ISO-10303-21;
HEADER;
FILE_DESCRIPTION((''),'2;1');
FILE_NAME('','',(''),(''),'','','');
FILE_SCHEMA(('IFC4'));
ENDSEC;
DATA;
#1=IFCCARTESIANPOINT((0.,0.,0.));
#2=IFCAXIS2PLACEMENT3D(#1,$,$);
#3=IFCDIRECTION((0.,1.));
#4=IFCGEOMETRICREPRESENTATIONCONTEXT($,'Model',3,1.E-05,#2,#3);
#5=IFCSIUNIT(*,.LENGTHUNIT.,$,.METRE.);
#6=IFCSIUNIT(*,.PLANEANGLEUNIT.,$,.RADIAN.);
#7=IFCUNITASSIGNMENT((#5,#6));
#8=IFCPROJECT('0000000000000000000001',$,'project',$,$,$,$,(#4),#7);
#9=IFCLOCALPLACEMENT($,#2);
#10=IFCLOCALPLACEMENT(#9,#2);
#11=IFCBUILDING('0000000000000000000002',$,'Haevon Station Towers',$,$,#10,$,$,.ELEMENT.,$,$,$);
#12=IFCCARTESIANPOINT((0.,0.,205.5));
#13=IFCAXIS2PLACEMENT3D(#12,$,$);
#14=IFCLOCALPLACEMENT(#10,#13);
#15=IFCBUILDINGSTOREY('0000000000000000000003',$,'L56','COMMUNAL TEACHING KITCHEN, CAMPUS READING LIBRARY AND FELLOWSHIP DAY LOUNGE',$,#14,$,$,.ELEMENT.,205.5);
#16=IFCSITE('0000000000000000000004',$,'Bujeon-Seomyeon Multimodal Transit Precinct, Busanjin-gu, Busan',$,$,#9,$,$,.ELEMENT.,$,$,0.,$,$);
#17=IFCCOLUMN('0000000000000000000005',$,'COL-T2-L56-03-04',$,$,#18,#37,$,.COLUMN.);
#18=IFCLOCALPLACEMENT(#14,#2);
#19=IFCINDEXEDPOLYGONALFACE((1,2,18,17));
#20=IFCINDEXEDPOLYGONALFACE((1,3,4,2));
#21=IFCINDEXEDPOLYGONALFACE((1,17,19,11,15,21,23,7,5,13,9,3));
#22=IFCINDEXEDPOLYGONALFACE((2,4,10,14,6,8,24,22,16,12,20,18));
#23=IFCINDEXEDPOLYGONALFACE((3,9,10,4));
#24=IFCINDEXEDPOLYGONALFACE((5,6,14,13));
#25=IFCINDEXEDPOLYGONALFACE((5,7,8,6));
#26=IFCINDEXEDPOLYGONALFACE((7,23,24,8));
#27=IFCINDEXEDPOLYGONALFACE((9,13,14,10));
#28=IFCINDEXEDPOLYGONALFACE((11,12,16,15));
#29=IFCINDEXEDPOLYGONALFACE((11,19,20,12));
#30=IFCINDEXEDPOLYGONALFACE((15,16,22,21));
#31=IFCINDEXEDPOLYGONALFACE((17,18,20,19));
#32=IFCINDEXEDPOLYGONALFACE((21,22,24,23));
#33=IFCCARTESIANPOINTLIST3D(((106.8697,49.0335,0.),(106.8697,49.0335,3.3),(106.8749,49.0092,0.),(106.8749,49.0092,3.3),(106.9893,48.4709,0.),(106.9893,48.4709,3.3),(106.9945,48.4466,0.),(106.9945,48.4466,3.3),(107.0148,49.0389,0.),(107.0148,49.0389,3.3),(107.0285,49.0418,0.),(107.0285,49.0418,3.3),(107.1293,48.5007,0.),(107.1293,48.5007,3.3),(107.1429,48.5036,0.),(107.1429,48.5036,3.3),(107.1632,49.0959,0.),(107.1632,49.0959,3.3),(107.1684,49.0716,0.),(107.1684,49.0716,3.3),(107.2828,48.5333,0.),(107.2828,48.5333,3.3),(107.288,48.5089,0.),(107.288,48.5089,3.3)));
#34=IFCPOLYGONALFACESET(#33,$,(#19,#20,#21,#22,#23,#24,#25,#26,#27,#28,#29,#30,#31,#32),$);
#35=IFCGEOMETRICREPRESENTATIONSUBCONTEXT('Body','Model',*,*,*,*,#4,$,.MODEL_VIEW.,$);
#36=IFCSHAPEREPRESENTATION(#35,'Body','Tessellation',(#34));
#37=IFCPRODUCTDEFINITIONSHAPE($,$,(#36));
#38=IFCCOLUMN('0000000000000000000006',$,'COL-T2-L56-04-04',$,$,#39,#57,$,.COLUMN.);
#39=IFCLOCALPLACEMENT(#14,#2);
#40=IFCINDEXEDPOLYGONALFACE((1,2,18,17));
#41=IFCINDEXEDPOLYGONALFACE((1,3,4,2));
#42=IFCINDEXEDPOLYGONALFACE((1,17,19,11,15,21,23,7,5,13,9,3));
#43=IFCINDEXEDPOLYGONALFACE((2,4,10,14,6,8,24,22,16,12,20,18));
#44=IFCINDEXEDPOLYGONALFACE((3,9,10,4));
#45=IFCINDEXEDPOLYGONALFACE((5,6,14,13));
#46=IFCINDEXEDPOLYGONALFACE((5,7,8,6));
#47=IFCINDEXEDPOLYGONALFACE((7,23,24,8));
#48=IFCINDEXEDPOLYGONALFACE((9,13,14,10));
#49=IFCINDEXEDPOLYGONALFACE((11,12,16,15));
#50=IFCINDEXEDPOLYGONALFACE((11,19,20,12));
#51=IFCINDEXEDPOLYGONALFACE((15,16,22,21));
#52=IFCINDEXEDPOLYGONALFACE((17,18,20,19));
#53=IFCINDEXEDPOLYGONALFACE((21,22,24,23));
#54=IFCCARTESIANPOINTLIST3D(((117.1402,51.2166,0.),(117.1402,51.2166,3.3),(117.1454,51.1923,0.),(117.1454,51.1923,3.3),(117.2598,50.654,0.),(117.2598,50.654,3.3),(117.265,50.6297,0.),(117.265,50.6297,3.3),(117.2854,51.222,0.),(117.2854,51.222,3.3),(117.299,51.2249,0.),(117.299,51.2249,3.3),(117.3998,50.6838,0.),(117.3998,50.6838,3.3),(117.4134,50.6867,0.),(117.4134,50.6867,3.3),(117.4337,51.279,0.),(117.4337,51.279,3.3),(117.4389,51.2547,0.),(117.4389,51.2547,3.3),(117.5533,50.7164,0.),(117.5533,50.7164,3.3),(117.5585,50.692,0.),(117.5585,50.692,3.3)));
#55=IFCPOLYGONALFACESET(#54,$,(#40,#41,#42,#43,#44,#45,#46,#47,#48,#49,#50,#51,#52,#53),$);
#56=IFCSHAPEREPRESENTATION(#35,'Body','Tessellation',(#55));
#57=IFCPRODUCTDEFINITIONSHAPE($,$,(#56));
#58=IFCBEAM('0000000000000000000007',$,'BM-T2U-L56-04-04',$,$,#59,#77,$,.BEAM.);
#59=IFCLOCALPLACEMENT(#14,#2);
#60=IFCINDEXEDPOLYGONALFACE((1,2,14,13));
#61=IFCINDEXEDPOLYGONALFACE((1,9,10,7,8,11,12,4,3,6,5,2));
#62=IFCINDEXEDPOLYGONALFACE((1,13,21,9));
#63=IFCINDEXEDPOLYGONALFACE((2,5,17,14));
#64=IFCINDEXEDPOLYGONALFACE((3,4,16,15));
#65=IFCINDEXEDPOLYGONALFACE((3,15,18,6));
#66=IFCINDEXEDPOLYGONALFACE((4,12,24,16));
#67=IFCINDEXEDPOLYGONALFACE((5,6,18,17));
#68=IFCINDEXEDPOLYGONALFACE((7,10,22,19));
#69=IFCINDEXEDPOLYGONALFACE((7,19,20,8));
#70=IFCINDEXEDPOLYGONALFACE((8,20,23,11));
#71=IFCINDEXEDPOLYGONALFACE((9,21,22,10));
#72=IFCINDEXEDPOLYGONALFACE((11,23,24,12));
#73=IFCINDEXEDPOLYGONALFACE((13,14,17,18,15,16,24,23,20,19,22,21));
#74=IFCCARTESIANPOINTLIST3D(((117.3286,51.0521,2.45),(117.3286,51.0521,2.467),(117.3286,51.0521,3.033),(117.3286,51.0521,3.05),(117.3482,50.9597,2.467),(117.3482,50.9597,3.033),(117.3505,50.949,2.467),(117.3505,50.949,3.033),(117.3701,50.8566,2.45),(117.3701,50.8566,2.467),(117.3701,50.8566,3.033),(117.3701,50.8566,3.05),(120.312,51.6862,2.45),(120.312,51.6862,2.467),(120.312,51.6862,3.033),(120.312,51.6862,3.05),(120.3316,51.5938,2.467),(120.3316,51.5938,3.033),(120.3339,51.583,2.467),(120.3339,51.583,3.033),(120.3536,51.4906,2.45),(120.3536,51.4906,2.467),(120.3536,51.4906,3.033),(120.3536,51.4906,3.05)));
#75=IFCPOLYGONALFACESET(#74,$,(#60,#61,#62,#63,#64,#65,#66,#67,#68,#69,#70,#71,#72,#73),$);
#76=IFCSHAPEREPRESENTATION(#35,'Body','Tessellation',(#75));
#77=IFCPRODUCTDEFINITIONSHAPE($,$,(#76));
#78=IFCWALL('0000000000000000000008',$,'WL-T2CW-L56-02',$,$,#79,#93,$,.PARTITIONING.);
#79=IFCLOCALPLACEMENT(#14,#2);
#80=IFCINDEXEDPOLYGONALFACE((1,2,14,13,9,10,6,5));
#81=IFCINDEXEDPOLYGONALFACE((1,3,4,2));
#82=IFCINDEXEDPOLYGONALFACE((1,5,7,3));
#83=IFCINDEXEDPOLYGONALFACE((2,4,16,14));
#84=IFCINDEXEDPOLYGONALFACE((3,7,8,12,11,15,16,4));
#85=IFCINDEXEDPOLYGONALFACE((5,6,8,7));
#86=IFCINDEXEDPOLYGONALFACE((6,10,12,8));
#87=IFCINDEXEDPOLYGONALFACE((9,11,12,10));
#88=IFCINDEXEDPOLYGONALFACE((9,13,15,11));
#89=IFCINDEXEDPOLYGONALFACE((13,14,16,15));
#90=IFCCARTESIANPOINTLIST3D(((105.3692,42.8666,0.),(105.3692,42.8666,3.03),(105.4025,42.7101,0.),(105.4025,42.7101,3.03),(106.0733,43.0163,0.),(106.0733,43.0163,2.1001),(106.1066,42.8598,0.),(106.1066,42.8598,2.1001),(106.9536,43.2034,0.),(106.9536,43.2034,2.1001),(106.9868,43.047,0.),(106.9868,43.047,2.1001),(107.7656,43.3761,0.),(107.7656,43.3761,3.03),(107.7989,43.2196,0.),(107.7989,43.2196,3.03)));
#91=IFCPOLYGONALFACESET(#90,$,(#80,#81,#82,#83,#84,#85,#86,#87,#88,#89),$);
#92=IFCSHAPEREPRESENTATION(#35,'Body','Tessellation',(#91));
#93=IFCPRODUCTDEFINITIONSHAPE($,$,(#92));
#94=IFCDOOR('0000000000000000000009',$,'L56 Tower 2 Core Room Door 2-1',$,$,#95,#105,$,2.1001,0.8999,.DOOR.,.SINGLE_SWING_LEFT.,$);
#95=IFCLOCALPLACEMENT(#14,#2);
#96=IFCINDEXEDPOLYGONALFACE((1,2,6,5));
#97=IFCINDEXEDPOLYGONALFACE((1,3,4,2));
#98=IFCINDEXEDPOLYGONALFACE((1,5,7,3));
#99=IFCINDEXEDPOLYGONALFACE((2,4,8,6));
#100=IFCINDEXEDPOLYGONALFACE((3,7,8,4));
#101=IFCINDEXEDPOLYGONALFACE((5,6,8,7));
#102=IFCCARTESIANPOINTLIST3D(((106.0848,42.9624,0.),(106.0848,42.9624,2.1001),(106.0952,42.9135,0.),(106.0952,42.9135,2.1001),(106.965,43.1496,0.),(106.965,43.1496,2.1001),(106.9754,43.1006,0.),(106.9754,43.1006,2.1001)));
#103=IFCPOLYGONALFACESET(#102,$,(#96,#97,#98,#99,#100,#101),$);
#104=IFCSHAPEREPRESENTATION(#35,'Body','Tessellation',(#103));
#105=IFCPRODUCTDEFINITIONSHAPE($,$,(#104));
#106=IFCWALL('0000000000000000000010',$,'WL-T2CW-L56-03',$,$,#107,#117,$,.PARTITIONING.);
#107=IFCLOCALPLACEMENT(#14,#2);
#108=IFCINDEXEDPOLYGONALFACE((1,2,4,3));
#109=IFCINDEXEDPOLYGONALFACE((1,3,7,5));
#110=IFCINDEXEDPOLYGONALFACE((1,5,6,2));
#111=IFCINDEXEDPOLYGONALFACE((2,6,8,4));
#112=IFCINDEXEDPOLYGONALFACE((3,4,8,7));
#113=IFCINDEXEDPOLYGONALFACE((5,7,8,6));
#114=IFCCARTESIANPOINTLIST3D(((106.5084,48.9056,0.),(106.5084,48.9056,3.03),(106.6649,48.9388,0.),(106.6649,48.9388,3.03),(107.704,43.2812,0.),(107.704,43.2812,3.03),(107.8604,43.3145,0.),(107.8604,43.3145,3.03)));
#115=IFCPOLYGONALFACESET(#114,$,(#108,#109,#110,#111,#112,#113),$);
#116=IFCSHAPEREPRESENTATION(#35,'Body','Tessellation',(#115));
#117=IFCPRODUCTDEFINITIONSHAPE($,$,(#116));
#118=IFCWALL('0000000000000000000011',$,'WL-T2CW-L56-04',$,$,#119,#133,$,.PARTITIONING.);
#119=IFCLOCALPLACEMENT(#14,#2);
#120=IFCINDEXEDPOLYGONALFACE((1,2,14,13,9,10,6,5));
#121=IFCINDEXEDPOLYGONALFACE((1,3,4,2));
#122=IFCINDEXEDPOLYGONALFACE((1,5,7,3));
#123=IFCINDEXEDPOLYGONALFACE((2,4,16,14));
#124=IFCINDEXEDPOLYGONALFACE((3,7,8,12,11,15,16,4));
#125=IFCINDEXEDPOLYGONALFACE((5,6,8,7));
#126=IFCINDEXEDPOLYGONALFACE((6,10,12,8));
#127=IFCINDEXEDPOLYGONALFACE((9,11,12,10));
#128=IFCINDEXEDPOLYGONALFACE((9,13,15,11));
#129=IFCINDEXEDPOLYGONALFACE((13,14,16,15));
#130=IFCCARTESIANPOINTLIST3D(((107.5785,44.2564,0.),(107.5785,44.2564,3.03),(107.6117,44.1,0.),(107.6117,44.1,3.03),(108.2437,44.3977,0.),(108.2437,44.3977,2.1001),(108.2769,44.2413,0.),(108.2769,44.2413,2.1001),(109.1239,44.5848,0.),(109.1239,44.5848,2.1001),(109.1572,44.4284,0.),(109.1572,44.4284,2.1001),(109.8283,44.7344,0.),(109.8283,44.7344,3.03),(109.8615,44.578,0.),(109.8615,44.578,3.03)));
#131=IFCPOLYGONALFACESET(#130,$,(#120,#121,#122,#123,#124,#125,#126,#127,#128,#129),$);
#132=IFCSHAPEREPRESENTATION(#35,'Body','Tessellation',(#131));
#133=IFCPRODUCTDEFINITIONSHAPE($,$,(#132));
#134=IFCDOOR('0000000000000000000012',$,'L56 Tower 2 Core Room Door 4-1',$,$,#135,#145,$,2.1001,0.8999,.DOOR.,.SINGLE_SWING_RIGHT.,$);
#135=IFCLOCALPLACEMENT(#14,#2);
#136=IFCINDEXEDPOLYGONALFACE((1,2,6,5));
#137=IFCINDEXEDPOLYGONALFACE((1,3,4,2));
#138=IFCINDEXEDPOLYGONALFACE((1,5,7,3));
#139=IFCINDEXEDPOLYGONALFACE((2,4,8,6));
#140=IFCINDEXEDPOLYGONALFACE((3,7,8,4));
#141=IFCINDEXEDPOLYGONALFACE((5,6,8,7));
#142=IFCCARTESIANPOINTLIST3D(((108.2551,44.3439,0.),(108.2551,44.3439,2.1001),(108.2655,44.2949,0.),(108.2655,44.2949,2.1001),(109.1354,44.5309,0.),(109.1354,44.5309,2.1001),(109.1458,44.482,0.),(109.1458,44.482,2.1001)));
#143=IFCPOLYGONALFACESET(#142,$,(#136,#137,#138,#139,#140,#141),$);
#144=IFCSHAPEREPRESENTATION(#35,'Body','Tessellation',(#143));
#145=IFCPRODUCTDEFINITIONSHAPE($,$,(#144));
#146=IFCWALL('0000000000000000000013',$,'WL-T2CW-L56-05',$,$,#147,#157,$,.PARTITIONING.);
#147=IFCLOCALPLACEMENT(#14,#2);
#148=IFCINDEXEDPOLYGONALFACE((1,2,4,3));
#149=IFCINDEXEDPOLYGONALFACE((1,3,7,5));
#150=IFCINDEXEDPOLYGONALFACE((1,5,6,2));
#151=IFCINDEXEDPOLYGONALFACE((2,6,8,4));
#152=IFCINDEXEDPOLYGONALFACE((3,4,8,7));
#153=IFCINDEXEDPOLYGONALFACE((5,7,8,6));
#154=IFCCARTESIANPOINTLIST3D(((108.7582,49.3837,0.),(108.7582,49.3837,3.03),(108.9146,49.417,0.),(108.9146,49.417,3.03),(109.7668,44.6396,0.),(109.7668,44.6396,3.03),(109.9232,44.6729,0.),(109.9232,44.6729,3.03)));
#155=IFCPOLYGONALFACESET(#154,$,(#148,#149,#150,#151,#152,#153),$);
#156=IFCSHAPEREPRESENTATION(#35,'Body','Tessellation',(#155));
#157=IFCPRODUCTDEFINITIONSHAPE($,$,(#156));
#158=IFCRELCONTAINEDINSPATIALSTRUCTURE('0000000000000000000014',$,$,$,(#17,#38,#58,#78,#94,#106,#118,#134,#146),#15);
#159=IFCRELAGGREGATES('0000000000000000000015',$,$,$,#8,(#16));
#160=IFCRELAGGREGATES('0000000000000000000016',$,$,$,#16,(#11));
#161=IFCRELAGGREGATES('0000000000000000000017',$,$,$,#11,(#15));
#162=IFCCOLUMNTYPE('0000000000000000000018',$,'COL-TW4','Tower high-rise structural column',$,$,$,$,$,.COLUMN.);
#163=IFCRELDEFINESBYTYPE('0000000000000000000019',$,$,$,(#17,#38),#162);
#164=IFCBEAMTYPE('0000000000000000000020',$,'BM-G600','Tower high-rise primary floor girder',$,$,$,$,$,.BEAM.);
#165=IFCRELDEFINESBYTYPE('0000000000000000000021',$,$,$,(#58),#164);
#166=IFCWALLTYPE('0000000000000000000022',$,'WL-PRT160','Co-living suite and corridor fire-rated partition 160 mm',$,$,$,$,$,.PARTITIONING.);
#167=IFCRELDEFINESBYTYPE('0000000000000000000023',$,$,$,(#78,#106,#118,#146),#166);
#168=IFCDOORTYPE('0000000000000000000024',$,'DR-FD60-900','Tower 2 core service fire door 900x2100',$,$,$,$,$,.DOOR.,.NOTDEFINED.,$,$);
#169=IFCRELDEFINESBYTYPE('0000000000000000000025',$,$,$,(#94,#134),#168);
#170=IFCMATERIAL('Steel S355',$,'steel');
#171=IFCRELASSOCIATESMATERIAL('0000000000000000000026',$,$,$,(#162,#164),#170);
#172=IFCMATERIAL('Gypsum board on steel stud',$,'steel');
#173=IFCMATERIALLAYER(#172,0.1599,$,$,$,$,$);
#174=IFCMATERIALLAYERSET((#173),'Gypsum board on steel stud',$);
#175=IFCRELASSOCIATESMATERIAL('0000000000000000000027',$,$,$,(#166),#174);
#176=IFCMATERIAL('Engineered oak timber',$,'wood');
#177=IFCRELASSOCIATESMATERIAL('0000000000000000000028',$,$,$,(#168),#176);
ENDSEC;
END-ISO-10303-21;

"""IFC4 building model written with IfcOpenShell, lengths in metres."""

from ifc_helpers import new_model, si_unit, direction, frame, frame_2d, origin, origin_2d, place, context, subcontext, project, spatial, rectangle, i_section, extrude, material, layer, layer_set, material_profile, profile_set, type_object, element, fill, save


model = new_model("IFC4")

# Units and contexts
model_context = context("Model", 3, precision=1e-05, world=origin(), true_north=direction((0.0, 1.0)))
body_context = subcontext(model_context, "Body", "Model", "MODEL_VIEW")
ifc_project = project(units=[si_unit("LENGTHUNIT", "METRE"), si_unit("PLANEANGLEUNIT", "RADIAN")], contexts=[model_context])

# Site, building, storey
site_placement = place(None, origin())
site = spatial("IfcSite", under=ifc_project, at=site_placement, Name="Bujeon-Seomyeon Multimodal Transit Precinct, Busanjin-gu, Busan", CompositionType="ELEMENT", RefElevation=0.0)
building_placement = place(site_placement, origin())
building = spatial("IfcBuilding", under=site, at=building_placement, Name="Haevon Station Towers", CompositionType="ELEMENT")
storey_placement = place(building_placement, frame((0.0, 0.0, 205.5)))
storey = spatial("IfcBuildingStorey", under=building, at=storey_placement, Name="L56", Description="COMMUNAL TEACHING KITCHEN, CAMPUS READING LIBRARY AND FELLOWSHIP DAY LOUNGE", CompositionType="ELEMENT", Elevation=205.5)

# Columns
ifc_material_1 = material(Name="Steel S355", Category="steel")
ifc_material_profile_1 = material_profile(ifc_material_1, i_section(OverallWidth=0.3, OverallDepth=0.6001, WebThickness=0.0139, FlangeThickness=0.0249, at=origin_2d()), Name="H-600x300x14x25")
ifc_profile_set_1 = profile_set([ifc_material_profile_1], Name="Steel S355")
column_type = type_object("IfcColumnType", Name="COL-TW4", Description="Tower high-rise structural column", PredefinedType="COLUMN", material=ifc_profile_set_1)
for number, where, z_axis, x_axis, name in (
    (1, (107.0789, 48.7712, 0.0), (0.0, 0.0, 1.0), (0.978148, 0.207912, 0.0), "COL-T2-L56-03-04"),
    (2, (117.3494, 50.9543, 0.0), (0.0, 0.0, 1.0), (0.978148, 0.207912, 0.0), "COL-T2-L56-04-04"),
):
    element("IfcColumn", number, at=place(storey_placement, frame(where, z_axis=z_axis, x_axis=x_axis)), inside=storey, type_object=column_type, Name=name, PredefinedType="COLUMN", context=body_context, shape_type="SweptSolid", body=[
        extrude(i_section(OverallWidth=0.3, OverallDepth=0.6001, WebThickness=0.0139, FlangeThickness=0.0249, at=origin_2d()), origin(), (0.0, 0.0, 1.0), 3.3),
    ])

# Beam
ifc_material_profile_2 = material_profile(ifc_material_1, i_section(OverallWidth=0.2, OverallDepth=0.6001, WebThickness=0.011, FlangeThickness=0.0171, at=origin_2d()), Name="H-600x200x11x17")
ifc_profile_set_2 = profile_set([ifc_material_profile_2], Name="Steel S355")
beam_type = type_object("IfcBeamType", Name="BM-G600", Description="Tower high-rise primary floor girder", PredefinedType="BEAM", material=ifc_profile_set_2)
beam_placement = place(storey_placement, frame((117.3494, 50.9543, 2.75), z_axis=(0.978155, 0.207878, 0.0), x_axis=(-0.207878, 0.978155, 0.0)))
element("IfcBeam", 3, at=beam_placement, inside=storey, type_object=beam_type, Name="BM-T2U-L56-04-04", PredefinedType="BEAM", context=body_context, shape_type="SweptSolid", body=[
    extrude(i_section(OverallWidth=0.2, OverallDepth=0.6001, WebThickness=0.011, FlangeThickness=0.0171, at=origin_2d()), origin(), (0.0, 0.0, 1.0), 3.05),
])

# Wall, opening, door
ifc_material_2 = material(Name="Gypsum board on steel stud", Category="steel")
ifc_layer_1 = layer(ifc_material_2, 0.1599)
ifc_layer_set_1 = layer_set([ifc_layer_1], Name="Gypsum board on steel stud")
wall_type_1 = type_object("IfcWallType", Name="WL-PRT160", Description="Co-living suite and corridor fire-rated partition 160 mm", PredefinedType="PARTITIONING", material=ifc_layer_set_1)
wall_1_placement = place(storey_placement, frame((105.3857, 42.7883, 0.0), z_axis=(0.0, 0.0, 1.0), x_axis=(0.978137, 0.207964, 0.0)))
wall_1 = element("IfcWall", 4, at=wall_1_placement, inside=storey, type_object=wall_type_1, Name="WL-T2CW-L56-02", PredefinedType="PARTITIONING", context=body_context, shape_type="SweptSolid", body=[
    extrude(rectangle(XDim=2.45, YDim=0.1599, at=frame_2d((1.2251, 0.0))), origin(), (0.0, 0.0, 1.0), 3.03),
])
opening_1_placement = place(wall_1_placement, frame((0.72, 0.0, 0.0)))
opening_1 = element("IfcOpeningElement", 5, at=opening_1_placement, cuts=wall_1, PredefinedType="OPENING", context=body_context, shape_type="SweptSolid", body=[
    extrude(rectangle(XDim=0.8999, YDim=2.1001, at=frame_2d((0.45, 1.05))), frame((0.0, 0.0898, 0.0), z_axis=(0.0, -1.0, 0.0), x_axis=(1.0, 0.0, 0.0)), (0.0, 0.0, 1.0), 0.1799),
])
ifc_material_3 = material(Name="Engineered oak timber", Category="wood")
door_type_1 = type_object("IfcDoorType", Name="DR-FD60-900", Description="Tower 2 core service fire door 900x2100", OperationType="NOTDEFINED", PredefinedType="DOOR", material=ifc_material_3)
door_1_placement = place(opening_1_placement, origin())
door_1 = element("IfcDoor", 6, at=door_1_placement, inside=storey, type_object=door_type_1, Name="L56 Tower 2 Core Room Door 2-1", OperationType="SINGLE_SWING_LEFT", OverallHeight=2.1001, OverallWidth=0.8999, PredefinedType="DOOR", context=body_context, shape_type="SweptSolid", body=[
    extrude(rectangle(XDim=0.8999, YDim=2.1001, at=frame_2d((0.45, 1.05))), frame((0.0, 0.0249, 0.0), z_axis=(0.0, -1.0, 0.0), x_axis=(1.0, 0.0, 0.0)), (0.0, 0.0, 1.0), 0.05),
])
fill(opening_1, door_1)

# Wall
wall_2_placement = place(storey_placement, frame((107.7822, 43.2979, 0.0), z_axis=(0.0, 0.0, 1.0), x_axis=(-0.207925, 0.978145, 0.0)))
element("IfcWall", 7, at=wall_2_placement, inside=storey, type_object=wall_type_1, Name="WL-T2CW-L56-03", PredefinedType="PARTITIONING", context=body_context, shape_type="SweptSolid", body=[
    extrude(rectangle(XDim=5.75, YDim=0.1599, at=frame_2d((2.875, 0.0))), origin(), (0.0, 0.0, 1.0), 3.03),
])

# Wall, opening, door
wall_3_placement = place(storey_placement, frame((107.5952, 44.1782, 0.0), z_axis=(0.0, 0.0, 1.0), x_axis=(0.978163, 0.20784, 0.0)))
wall_3 = element("IfcWall", 8, at=wall_3_placement, inside=storey, type_object=wall_type_1, Name="WL-T2CW-L56-04", PredefinedType="PARTITIONING", context=body_context, shape_type="SweptSolid", body=[
    extrude(rectangle(XDim=2.3, YDim=0.1599, at=frame_2d((1.1499, 0.0))), origin(), (0.0, 0.0, 1.0), 3.03),
])
opening_2_placement = place(wall_3_placement, frame((0.6799, 0.0, 0.0)))
opening_2 = element("IfcOpeningElement", 9, at=opening_2_placement, cuts=wall_3, PredefinedType="OPENING", context=body_context, shape_type="SweptSolid", body=[
    extrude(rectangle(XDim=0.8999, YDim=2.1001, at=frame_2d((0.45, 1.05))), frame((0.0, 0.0898, 0.0), z_axis=(0.0, -1.0, 0.0), x_axis=(1.0, 0.0, 0.0)), (0.0, 0.0, 1.0), 0.1799),
])
door_2_placement = place(opening_2_placement, origin())
door_2 = element("IfcDoor", 10, at=door_2_placement, inside=storey, type_object=door_type_1, Name="L56 Tower 2 Core Room Door 4-1", OperationType="SINGLE_SWING_RIGHT", OverallHeight=2.1001, OverallWidth=0.8999, PredefinedType="DOOR", context=body_context, shape_type="SweptSolid", body=[
    extrude(rectangle(XDim=0.8999, YDim=2.1001, at=frame_2d((0.45, 1.05))), frame((0.0, 0.0249, 0.0), z_axis=(0.0, -1.0, 0.0), x_axis=(1.0, 0.0, 0.0)), (0.0, 0.0, 1.0), 0.05),
])
fill(opening_2, door_2)

# Wall
wall_4_placement = place(storey_placement, frame((109.845, 44.6562, 0.0), z_axis=(0.0, 0.0, 1.0), x_axis=(-0.207941, 0.978141, 0.0)))
element("IfcWall", 11, at=wall_4_placement, inside=storey, type_object=wall_type_1, Name="WL-T2CW-L56-05", PredefinedType="PARTITIONING", context=body_context, shape_type="SweptSolid", body=[
    extrude(rectangle(XDim=4.8501, YDim=0.1599, at=frame_2d((2.425, 0.0))), origin(), (0.0, 0.0, 1.0), 3.03),
])

save(model, "model.ifc")
